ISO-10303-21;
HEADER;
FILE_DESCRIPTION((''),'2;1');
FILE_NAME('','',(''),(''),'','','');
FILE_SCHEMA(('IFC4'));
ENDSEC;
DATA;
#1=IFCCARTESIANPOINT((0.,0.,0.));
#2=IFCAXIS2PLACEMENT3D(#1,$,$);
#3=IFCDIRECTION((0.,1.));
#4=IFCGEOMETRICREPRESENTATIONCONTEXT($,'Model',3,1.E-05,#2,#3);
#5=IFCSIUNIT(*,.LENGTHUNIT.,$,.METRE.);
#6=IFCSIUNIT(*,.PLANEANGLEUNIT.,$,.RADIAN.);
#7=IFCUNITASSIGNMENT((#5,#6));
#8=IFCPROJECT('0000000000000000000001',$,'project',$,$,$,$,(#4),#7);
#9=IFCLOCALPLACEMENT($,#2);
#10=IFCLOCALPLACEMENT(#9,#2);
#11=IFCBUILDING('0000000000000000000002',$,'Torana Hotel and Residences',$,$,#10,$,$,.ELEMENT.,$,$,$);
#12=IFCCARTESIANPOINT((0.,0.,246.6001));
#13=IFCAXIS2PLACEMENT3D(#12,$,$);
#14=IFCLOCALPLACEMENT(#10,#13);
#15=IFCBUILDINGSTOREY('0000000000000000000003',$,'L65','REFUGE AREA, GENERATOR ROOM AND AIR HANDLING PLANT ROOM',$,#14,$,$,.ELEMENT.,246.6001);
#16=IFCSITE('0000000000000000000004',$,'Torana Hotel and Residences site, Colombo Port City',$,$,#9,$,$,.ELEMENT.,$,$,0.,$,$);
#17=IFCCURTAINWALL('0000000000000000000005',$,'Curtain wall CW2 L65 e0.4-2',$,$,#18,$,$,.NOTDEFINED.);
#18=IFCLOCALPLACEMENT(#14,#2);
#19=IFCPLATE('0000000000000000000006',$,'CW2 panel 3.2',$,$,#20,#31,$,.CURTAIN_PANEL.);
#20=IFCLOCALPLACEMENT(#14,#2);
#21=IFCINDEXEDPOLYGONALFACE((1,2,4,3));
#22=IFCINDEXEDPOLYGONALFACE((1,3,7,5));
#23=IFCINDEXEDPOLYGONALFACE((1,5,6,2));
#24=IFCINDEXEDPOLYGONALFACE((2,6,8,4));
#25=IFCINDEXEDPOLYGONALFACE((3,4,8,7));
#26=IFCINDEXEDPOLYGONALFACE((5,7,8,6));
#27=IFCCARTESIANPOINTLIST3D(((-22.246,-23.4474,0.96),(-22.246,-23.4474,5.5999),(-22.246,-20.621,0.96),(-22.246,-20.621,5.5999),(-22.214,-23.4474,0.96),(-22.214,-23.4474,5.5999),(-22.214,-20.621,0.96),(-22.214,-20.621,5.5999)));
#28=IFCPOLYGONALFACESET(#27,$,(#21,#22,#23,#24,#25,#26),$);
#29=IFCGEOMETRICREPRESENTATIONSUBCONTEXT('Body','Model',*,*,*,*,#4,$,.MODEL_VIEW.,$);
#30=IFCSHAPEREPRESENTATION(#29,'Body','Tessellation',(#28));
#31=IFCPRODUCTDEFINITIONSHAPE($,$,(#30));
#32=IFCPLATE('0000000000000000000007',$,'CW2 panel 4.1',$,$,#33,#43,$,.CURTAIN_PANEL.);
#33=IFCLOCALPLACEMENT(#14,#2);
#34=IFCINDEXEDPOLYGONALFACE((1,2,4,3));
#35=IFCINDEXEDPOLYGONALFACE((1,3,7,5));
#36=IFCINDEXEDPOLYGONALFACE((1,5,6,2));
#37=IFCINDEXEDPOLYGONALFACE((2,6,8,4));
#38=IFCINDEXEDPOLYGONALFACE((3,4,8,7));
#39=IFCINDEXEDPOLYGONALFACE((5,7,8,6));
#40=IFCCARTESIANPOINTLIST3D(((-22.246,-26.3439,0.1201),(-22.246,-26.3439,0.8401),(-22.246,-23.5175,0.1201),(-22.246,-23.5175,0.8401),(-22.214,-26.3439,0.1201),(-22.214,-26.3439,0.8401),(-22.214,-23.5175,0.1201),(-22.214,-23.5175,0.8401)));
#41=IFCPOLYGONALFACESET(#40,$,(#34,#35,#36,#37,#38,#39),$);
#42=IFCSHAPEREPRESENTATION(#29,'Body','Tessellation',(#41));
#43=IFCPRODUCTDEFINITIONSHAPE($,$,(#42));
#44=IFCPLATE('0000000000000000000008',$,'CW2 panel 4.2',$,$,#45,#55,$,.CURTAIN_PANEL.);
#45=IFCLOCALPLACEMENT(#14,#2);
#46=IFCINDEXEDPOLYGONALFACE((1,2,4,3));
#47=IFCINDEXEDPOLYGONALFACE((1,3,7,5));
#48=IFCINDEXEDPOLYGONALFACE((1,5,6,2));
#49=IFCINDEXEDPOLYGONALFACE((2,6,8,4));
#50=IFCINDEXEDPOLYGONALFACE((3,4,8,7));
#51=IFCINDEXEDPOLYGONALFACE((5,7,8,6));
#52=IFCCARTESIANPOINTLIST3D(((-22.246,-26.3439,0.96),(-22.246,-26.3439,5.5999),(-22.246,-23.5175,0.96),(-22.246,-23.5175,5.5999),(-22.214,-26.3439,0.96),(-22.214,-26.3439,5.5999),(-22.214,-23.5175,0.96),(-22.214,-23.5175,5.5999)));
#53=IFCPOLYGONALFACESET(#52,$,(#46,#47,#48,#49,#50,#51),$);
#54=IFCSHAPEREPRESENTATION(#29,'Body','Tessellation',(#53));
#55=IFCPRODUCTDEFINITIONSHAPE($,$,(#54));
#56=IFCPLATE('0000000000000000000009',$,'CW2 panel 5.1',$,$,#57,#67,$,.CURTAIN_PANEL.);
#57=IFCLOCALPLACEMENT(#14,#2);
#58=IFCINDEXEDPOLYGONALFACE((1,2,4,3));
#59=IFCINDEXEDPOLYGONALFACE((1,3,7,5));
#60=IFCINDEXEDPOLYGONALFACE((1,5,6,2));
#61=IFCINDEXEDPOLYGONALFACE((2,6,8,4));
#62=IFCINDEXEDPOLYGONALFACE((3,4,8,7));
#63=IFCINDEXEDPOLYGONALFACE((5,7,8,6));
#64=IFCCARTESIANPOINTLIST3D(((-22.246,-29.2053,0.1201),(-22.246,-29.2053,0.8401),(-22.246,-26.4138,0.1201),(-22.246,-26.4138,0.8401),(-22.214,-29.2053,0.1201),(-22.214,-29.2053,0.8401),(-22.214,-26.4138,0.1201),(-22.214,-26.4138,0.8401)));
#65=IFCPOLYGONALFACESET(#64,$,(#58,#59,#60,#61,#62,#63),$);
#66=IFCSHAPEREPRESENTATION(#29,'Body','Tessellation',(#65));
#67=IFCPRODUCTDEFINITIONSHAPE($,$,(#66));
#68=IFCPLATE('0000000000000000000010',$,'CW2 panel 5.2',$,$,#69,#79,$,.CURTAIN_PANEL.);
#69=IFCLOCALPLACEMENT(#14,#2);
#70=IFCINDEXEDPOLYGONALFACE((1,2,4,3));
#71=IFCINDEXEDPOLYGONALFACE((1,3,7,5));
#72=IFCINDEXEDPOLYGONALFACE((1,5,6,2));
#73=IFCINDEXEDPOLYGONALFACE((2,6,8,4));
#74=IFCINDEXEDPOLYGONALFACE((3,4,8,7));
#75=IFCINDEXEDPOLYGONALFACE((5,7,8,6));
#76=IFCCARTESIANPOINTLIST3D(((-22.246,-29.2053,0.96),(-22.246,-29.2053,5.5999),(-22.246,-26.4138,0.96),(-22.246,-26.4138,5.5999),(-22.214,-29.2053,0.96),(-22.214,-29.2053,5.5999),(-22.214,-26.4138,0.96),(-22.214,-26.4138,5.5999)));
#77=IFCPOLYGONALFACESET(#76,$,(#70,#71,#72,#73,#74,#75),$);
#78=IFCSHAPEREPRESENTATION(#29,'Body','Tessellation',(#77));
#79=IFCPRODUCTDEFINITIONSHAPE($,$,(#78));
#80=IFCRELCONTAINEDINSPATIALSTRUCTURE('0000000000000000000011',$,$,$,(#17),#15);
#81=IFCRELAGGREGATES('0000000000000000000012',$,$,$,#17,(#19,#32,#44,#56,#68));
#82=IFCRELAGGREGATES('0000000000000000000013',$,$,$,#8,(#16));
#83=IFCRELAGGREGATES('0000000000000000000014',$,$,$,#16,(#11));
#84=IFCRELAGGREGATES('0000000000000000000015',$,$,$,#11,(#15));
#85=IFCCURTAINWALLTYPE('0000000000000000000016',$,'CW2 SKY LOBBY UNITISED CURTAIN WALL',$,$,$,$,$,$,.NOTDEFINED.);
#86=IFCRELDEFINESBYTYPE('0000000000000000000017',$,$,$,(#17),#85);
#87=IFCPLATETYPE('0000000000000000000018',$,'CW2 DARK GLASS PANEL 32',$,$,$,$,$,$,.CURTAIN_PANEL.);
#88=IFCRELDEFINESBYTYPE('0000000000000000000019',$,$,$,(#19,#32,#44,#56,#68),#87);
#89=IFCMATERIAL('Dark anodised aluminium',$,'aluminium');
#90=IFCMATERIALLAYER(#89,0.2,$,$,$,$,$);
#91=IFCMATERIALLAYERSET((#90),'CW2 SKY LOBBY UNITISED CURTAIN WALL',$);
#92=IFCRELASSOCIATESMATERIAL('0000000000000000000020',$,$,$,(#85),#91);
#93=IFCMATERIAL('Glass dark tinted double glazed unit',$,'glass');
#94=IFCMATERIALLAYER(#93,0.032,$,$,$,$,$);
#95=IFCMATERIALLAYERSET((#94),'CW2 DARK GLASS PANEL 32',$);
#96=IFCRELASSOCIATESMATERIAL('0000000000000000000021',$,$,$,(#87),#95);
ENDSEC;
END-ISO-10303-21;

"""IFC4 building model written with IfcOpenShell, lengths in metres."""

from ifc_helpers import new_model, si_unit, direction, frame, origin, origin_2d, place, context, subcontext, project, spatial, rectangle, extrude, material, layer, layer_set, type_object, element, aggregate, save


model = new_model("IFC4")

# Units and contexts
model_context = context("Model", 3, precision=1e-05, world=origin(), true_north=direction((0.0, 1.0)))
body_context = subcontext(model_context, "Body", "Model", "MODEL_VIEW")
ifc_project = project(units=[si_unit("LENGTHUNIT", "METRE"), si_unit("PLANEANGLEUNIT", "RADIAN")], contexts=[model_context])

# Site, building, storey
site_placement = place(None, origin())
site = spatial("IfcSite", under=ifc_project, at=site_placement, Name="Torana Hotel and Residences site, Colombo Port City", CompositionType="ELEMENT", RefElevation=0.0)
building_placement = place(site_placement, origin())
building = spatial("IfcBuilding", under=site, at=building_placement, Name="Torana Hotel and Residences", CompositionType="ELEMENT")
storey_placement = place(building_placement, frame((0.0, 0.0, 246.6001)))
storey = spatial("IfcBuildingStorey", under=building, at=storey_placement, Name="L65", Description="REFUGE AREA, GENERATOR ROOM AND AIR HANDLING PLANT ROOM", CompositionType="ELEMENT", Elevation=246.6001)

# Curtain wall, plates
ifc_material_1 = material(Name="Dark anodised aluminium", Category="aluminium")
ifc_layer_1 = layer(ifc_material_1, 0.2)
ifc_layer_set_1 = layer_set([ifc_layer_1], Name="CW2 SKY LOBBY UNITISED CURTAIN WALL")
curtain_wall_type = type_object("IfcCurtainWallType", Name="CW2 SKY LOBBY UNITISED CURTAIN WALL", PredefinedType="NOTDEFINED", material=ifc_layer_set_1)
curtain_wall_placement = place(storey_placement, origin())
curtain_wall = element("IfcCurtainWall", 1, at=curtain_wall_placement, inside=storey, type_object=curtain_wall_type, Name="Curtain wall CW2 L65 e0.4-2", PredefinedType="NOTDEFINED")
ifc_material_2 = material(Name="Glass dark tinted double glazed unit", Category="glass")
ifc_layer_2 = layer(ifc_material_2, 0.032)
ifc_layer_set_2 = layer_set([ifc_layer_2], Name="CW2 DARK GLASS PANEL 32")
plate_type = type_object("IfcPlateType", Name="CW2 DARK GLASS PANEL 32", PredefinedType="CURTAIN_PANEL", material=ifc_layer_set_2)
plate_1_placement = place(storey_placement, frame((-22.23, -22.0342, 0.96), z_axis=(0.0, 0.0, 1.0), x_axis=(0.0, -1.0, 0.0)))
plate_1 = element("IfcPlate", 2, at=plate_1_placement, type_object=plate_type, Name="CW2 panel 3.2", PredefinedType="CURTAIN_PANEL", context=body_context, shape_type="SweptSolid", body=[
    extrude(rectangle(XDim=2.8264, YDim=0.032, at=origin_2d()), origin(), (0.0, 0.0, 1.0), 4.6399),
])
plate_2_placement = place(storey_placement, frame((-22.23, -24.9307, 0.1201), z_axis=(0.0, 0.0, 1.0), x_axis=(0.0, -1.0, 0.0)))
plate_2 = element("IfcPlate", 3, at=plate_2_placement, type_object=plate_type, Name="CW2 panel 4.1", PredefinedType="CURTAIN_PANEL", context=body_context, shape_type="SweptSolid", body=[
    extrude(rectangle(XDim=2.8264, YDim=0.032, at=origin_2d()), origin(), (0.0, 0.0, 1.0), 0.72),
])
plate_3_placement = place(storey_placement, frame((-22.23, -24.9307, 0.96), z_axis=(0.0, 0.0, 1.0), x_axis=(0.0, -1.0, 0.0)))
plate_3 = element("IfcPlate", 4, at=plate_3_placement, type_object=plate_type, Name="CW2 panel 4.2", PredefinedType="CURTAIN_PANEL", context=body_context, shape_type="SweptSolid", body=[
    extrude(rectangle(XDim=2.8264, YDim=0.032, at=origin_2d()), origin(), (0.0, 0.0, 1.0), 4.6399),
])
plate_4_placement = place(storey_placement, frame((-22.23, -27.8096, 0.1201), z_axis=(0.0, 0.0, 1.0), x_axis=(0.0, -1.0, 0.0)))
plate_4 = element("IfcPlate", 5, at=plate_4_placement, type_object=plate_type, Name="CW2 panel 5.1", PredefinedType="CURTAIN_PANEL", context=body_context, shape_type="SweptSolid", body=[
    extrude(rectangle(XDim=2.7915, YDim=0.032, at=origin_2d()), origin(), (0.0, 0.0, 1.0), 0.72),
])
plate_5_placement = place(storey_placement, frame((-22.23, -27.8096, 0.96), z_axis=(0.0, 0.0, 1.0), x_axis=(0.0, -1.0, 0.0)))
plate_5 = element("IfcPlate", 6, at=plate_5_placement, type_object=plate_type, Name="CW2 panel 5.2", PredefinedType="CURTAIN_PANEL", context=body_context, shape_type="SweptSolid", body=[
    extrude(rectangle(XDim=2.7915, YDim=0.032, at=origin_2d()), origin(), (0.0, 0.0, 1.0), 4.6399),
])
aggregate(curtain_wall, [plate_1, plate_2, plate_3, plate_4, plate_5])

save(model, "model.ifc")
